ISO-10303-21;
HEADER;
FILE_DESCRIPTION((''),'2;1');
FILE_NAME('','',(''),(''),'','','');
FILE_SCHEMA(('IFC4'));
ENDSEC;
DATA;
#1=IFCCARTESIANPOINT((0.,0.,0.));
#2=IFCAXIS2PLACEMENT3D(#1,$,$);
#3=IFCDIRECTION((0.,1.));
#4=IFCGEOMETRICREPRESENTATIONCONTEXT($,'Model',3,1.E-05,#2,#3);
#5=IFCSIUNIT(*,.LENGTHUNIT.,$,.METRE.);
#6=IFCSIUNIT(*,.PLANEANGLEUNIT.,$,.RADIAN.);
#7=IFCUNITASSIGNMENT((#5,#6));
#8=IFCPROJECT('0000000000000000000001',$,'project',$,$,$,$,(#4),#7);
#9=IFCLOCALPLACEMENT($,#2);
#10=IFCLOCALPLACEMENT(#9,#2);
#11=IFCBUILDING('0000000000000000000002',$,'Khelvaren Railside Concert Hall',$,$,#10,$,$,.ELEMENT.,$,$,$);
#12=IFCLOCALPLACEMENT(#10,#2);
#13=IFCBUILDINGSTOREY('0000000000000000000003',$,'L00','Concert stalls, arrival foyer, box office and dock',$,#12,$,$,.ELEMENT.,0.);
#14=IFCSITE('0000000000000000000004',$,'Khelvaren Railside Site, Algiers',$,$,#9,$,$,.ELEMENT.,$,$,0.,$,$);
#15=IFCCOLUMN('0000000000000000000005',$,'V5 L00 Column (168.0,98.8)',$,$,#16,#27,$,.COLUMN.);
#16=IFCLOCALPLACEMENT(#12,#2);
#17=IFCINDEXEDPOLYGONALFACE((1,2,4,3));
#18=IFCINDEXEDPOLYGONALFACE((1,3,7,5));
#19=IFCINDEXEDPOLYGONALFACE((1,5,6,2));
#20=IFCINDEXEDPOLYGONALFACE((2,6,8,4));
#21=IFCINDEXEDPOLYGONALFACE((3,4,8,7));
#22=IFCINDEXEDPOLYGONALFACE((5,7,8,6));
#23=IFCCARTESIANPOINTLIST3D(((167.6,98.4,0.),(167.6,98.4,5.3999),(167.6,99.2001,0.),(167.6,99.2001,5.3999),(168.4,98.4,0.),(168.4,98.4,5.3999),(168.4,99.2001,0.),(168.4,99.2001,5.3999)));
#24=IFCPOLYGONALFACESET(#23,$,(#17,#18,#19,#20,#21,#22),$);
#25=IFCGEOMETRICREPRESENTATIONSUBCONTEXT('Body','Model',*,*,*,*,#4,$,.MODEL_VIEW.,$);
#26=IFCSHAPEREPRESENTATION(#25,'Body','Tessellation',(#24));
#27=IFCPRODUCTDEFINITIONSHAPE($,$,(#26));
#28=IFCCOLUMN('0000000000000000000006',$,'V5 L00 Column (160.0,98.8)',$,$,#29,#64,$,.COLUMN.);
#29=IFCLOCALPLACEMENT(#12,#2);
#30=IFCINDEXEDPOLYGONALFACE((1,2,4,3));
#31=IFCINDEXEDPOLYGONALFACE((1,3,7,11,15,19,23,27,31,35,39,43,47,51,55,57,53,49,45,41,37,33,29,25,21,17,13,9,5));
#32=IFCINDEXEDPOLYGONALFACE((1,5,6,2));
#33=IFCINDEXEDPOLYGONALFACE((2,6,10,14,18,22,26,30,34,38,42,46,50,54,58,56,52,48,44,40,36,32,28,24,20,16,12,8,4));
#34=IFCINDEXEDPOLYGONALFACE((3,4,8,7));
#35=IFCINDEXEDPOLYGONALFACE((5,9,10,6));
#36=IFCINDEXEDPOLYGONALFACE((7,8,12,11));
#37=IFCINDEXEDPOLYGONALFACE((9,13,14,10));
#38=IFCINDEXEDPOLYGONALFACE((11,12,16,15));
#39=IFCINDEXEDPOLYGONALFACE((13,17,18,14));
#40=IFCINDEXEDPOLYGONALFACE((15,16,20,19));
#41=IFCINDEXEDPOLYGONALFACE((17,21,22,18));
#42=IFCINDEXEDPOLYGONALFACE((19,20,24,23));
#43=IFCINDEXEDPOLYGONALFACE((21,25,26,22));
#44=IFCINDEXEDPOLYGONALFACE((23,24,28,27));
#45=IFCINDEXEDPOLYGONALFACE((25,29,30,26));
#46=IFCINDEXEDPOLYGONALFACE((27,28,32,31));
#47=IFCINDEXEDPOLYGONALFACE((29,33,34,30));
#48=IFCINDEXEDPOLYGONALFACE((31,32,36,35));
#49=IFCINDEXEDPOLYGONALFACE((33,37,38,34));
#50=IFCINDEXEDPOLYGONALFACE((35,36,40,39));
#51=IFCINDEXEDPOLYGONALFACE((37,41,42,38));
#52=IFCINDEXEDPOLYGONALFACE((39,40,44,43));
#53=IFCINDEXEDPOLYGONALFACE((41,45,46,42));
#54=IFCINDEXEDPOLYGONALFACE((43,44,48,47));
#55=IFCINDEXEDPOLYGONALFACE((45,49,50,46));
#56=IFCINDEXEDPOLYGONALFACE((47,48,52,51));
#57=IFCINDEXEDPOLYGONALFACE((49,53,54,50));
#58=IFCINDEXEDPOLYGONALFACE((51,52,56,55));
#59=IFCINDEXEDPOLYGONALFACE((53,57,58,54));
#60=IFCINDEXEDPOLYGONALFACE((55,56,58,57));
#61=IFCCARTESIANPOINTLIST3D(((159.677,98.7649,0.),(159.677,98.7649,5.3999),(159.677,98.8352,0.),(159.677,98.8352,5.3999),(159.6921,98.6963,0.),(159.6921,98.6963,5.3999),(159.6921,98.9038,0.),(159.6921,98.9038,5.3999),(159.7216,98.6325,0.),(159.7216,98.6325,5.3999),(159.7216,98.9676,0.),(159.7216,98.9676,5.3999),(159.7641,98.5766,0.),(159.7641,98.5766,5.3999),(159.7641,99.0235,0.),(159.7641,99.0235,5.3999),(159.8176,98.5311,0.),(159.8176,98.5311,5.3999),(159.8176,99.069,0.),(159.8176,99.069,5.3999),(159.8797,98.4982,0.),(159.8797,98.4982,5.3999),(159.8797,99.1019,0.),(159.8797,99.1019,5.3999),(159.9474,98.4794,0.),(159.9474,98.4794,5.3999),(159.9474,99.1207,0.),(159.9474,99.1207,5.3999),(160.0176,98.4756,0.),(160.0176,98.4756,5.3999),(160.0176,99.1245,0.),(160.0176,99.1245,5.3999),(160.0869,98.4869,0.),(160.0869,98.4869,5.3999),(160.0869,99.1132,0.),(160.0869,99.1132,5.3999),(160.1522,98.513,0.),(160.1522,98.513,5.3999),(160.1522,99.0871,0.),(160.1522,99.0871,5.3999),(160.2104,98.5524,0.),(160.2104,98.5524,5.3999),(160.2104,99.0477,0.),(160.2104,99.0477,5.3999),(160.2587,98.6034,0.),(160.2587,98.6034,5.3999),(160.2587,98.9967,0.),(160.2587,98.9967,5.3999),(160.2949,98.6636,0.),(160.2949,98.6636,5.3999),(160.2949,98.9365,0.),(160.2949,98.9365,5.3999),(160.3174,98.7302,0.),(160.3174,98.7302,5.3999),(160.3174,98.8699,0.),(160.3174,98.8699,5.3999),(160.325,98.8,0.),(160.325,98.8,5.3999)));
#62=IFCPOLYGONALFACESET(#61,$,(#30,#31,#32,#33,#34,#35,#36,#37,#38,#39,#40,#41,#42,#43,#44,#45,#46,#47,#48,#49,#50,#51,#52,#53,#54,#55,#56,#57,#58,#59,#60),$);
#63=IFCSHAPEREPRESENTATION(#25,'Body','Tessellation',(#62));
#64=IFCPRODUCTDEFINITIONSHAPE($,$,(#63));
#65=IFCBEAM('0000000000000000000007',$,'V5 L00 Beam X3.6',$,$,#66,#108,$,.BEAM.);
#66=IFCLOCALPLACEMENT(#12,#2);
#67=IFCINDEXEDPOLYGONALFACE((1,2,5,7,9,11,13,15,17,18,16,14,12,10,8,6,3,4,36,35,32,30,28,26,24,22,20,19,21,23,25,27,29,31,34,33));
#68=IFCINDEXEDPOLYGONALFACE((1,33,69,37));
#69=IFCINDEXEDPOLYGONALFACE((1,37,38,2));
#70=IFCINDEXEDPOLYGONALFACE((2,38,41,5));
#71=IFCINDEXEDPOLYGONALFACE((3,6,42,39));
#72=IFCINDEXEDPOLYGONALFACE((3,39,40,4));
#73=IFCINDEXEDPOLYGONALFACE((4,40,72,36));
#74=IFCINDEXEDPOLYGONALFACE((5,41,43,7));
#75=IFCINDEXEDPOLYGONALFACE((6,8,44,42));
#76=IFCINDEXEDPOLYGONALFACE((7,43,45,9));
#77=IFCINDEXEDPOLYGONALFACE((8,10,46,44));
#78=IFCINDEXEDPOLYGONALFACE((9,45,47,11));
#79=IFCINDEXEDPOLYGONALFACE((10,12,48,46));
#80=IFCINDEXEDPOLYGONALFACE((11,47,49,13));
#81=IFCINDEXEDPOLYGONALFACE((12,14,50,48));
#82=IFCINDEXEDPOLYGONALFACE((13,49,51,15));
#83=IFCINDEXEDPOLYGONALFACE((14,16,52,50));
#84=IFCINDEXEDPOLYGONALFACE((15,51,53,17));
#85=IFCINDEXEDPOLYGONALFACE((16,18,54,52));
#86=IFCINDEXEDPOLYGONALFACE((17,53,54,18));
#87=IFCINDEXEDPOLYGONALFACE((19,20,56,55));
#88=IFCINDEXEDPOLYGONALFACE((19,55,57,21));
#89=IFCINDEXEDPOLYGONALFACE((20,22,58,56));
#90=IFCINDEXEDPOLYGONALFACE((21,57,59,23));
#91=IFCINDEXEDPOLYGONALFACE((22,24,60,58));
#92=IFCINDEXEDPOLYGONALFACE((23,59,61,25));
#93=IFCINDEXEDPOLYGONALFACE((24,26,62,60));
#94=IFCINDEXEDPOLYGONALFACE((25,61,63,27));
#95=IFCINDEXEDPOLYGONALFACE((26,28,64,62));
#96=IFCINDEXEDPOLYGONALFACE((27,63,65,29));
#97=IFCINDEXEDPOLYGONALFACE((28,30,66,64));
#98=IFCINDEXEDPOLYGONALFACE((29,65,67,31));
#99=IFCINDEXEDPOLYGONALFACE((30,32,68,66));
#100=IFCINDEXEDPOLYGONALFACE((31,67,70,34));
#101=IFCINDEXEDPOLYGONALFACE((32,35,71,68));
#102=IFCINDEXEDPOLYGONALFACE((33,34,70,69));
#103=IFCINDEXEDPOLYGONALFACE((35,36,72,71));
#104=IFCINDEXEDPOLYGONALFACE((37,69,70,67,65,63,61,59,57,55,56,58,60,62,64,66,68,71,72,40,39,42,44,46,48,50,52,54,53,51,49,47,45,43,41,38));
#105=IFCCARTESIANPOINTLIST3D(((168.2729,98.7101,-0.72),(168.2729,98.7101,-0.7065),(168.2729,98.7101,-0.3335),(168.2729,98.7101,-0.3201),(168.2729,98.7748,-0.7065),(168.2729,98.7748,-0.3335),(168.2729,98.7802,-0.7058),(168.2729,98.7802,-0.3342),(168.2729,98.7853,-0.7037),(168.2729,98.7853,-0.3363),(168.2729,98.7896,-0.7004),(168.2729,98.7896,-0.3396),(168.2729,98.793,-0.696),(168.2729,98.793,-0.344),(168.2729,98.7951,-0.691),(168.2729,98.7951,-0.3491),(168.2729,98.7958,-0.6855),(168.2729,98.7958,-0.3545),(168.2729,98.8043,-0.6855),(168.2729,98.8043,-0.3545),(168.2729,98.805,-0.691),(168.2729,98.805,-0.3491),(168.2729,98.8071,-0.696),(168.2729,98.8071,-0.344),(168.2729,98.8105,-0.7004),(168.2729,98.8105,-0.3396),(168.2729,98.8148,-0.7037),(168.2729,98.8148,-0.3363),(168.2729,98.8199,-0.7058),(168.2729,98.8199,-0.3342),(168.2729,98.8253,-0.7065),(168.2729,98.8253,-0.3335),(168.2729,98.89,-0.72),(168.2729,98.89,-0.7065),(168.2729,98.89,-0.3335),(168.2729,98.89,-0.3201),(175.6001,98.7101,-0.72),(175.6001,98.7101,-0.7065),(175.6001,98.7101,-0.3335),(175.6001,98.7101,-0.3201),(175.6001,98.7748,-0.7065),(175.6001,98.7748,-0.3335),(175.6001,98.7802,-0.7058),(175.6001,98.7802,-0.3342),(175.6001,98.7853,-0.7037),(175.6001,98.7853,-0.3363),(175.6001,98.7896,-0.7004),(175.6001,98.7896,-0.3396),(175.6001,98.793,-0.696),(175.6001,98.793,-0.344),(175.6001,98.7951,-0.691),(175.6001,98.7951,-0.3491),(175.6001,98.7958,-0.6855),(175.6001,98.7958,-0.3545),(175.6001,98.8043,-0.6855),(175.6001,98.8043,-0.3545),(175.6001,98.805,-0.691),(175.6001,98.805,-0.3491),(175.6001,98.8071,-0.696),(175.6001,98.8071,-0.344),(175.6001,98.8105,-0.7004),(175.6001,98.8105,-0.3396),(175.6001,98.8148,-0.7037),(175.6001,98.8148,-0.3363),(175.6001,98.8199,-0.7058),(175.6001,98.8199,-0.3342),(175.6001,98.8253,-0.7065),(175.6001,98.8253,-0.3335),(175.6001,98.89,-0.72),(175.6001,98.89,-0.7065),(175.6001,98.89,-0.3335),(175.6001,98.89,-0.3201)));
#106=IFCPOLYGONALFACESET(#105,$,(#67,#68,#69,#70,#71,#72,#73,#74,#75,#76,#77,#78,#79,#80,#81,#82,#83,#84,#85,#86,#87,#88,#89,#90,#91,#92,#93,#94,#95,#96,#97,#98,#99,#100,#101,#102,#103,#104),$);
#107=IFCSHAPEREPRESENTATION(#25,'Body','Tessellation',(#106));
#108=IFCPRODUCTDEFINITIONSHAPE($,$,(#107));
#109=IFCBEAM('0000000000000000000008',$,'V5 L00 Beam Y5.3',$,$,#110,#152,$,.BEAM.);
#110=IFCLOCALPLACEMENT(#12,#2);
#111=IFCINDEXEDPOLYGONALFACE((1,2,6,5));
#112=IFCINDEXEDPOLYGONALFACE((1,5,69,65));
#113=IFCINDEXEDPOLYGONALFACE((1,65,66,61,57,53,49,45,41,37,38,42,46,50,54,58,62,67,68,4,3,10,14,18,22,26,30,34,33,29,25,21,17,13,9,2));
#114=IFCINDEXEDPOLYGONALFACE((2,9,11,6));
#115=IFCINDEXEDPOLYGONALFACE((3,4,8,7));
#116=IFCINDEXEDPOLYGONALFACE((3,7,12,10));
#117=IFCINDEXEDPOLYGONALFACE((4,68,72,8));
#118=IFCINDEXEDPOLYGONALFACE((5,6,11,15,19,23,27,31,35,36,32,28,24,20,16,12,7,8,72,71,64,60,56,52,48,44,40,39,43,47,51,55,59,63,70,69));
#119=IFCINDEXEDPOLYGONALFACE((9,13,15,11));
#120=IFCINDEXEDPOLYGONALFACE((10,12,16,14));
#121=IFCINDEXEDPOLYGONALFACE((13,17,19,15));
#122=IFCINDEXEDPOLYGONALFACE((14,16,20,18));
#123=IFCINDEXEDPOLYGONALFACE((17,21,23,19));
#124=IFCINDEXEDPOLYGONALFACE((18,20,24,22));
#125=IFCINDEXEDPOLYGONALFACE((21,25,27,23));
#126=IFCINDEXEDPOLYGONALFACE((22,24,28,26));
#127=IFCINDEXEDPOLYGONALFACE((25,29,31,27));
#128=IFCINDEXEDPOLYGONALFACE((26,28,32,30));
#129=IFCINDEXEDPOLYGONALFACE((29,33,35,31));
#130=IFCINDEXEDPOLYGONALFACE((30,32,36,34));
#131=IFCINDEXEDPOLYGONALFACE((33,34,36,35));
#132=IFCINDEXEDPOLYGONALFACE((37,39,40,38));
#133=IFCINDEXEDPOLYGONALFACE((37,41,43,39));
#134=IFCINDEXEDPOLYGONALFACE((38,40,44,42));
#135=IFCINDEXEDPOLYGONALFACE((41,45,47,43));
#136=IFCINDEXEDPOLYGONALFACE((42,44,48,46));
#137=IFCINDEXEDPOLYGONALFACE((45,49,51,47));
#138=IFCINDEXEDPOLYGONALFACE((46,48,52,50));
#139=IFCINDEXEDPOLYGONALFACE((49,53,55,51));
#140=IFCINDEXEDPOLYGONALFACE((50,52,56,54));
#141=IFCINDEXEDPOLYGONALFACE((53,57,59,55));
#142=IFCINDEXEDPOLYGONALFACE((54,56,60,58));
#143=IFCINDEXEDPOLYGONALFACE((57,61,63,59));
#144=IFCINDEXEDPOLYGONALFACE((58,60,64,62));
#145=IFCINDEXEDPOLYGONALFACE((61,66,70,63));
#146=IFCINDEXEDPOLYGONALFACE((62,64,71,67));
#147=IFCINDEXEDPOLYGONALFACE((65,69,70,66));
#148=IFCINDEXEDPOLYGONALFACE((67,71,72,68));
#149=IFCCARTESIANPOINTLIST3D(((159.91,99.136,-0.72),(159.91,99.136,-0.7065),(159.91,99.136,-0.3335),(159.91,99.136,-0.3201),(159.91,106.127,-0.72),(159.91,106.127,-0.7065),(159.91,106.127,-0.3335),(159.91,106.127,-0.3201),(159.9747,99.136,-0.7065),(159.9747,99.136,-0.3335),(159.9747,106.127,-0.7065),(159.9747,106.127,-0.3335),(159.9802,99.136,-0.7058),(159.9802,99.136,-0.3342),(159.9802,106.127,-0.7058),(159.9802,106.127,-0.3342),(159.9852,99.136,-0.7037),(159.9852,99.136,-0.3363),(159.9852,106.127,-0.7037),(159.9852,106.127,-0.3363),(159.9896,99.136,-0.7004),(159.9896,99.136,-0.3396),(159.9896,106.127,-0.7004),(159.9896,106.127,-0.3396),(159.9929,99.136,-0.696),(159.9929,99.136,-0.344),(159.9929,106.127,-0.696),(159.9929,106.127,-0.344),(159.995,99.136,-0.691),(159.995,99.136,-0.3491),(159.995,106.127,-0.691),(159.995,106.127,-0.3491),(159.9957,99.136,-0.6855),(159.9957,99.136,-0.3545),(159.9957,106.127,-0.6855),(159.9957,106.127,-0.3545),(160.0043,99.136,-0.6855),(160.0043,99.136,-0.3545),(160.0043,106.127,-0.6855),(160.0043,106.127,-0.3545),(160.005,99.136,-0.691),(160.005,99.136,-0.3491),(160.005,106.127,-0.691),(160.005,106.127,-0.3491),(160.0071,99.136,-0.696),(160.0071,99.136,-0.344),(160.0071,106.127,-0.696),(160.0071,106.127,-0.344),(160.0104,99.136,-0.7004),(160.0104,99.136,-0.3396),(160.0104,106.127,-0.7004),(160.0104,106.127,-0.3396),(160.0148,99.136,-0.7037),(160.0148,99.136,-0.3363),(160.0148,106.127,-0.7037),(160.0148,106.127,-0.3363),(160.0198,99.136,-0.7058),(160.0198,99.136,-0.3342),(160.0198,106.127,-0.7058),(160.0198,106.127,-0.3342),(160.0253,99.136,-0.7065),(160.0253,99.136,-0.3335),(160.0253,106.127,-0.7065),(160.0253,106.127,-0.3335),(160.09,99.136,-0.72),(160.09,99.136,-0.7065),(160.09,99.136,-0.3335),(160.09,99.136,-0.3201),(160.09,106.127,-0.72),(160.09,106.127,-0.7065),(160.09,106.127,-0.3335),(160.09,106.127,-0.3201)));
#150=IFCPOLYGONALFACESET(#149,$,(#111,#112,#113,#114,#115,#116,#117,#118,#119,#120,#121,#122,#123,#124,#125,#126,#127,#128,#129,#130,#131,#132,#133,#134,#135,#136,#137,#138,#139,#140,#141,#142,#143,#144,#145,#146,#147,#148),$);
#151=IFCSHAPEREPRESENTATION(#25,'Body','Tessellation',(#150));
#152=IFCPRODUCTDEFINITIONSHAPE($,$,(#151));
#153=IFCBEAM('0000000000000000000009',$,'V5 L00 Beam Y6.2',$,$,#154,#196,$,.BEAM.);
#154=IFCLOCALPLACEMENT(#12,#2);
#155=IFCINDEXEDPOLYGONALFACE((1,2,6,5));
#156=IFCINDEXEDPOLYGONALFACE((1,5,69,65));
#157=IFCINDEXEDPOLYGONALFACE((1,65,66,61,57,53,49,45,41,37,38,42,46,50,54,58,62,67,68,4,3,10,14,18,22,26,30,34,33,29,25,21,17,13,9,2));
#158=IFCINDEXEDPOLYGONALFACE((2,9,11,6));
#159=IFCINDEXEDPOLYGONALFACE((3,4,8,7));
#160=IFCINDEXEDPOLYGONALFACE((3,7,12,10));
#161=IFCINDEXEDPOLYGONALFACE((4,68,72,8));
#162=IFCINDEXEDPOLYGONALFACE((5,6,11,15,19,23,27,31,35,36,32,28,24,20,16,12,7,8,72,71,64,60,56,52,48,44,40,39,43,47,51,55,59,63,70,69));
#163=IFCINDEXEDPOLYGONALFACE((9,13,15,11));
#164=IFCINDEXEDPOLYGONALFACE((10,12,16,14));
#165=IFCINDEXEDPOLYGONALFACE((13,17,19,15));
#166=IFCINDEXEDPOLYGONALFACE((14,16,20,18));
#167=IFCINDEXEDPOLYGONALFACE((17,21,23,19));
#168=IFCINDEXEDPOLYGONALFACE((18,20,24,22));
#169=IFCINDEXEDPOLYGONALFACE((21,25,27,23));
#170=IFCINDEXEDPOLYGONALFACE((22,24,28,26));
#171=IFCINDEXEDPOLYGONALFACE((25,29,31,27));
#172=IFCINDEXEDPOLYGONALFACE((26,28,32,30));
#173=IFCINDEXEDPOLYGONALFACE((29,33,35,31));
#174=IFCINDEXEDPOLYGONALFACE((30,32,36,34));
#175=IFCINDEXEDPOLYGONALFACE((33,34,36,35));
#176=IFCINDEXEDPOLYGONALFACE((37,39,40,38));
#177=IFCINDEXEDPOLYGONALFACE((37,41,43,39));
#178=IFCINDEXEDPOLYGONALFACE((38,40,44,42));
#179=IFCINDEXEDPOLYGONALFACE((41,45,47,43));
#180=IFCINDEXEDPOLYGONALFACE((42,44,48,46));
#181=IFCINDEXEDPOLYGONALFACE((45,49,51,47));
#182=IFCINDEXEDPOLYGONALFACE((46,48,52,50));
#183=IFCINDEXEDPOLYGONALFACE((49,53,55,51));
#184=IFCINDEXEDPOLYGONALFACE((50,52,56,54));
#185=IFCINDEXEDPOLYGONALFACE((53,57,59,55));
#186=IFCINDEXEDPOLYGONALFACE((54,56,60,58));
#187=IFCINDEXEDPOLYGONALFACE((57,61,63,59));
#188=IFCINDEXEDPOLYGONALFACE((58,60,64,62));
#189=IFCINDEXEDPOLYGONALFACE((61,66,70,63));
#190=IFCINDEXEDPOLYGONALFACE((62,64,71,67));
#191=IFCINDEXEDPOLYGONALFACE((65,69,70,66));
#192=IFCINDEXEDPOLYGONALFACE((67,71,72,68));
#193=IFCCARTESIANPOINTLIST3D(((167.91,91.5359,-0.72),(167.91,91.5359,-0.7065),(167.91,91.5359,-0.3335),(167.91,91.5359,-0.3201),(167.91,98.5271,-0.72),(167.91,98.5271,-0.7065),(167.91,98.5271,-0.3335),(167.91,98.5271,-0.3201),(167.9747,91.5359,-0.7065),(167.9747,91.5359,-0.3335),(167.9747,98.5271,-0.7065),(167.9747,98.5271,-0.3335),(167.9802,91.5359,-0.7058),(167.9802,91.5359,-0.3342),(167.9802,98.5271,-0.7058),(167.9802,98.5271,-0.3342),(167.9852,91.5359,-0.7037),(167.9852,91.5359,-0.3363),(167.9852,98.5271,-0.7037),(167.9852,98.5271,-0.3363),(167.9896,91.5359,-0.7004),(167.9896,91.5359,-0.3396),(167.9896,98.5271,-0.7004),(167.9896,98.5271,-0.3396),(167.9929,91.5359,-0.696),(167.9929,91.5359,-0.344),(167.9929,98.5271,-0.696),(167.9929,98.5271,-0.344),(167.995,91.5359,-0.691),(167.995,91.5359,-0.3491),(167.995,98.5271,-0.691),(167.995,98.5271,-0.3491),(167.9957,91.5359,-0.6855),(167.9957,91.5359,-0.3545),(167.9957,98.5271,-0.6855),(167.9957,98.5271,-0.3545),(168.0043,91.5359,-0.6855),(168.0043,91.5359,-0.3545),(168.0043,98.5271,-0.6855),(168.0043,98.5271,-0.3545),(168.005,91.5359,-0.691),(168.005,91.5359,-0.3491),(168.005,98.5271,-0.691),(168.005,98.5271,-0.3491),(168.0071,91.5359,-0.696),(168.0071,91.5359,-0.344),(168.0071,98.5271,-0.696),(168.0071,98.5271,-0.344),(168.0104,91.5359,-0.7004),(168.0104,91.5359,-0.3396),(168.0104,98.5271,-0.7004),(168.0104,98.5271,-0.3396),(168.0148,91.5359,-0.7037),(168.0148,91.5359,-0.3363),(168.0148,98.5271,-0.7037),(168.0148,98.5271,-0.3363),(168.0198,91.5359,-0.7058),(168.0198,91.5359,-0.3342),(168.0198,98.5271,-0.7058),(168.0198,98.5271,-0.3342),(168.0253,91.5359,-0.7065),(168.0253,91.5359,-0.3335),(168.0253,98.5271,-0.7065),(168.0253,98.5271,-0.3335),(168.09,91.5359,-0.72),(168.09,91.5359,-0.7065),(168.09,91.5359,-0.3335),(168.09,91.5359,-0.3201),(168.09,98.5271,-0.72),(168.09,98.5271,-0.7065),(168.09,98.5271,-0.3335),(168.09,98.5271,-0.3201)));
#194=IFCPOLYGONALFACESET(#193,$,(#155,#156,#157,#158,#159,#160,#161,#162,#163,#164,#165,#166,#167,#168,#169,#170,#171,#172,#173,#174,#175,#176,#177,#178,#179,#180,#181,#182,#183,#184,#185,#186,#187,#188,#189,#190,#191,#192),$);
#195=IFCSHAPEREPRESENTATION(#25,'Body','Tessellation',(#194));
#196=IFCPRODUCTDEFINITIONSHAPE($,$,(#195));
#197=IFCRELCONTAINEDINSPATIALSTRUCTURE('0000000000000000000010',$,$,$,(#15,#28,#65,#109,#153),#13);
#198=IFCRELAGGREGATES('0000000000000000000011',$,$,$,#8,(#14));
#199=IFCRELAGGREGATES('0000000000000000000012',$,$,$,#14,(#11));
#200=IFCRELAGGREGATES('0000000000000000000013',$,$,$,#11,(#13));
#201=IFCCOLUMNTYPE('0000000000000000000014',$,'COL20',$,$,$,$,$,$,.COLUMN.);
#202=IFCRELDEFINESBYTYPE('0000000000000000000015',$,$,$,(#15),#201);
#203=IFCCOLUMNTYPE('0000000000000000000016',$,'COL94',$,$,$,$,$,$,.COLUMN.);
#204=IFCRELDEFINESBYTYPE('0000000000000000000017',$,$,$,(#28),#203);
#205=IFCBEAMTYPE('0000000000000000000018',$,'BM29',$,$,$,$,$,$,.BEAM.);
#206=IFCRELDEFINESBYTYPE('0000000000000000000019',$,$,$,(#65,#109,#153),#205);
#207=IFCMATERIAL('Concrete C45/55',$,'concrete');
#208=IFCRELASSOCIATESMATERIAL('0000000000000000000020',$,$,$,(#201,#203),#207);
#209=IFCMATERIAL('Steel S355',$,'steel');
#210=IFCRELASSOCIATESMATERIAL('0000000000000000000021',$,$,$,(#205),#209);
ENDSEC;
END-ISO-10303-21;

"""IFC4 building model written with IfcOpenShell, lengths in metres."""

from ifc_helpers import new_model, si_unit, direction, frame, origin, origin_2d, place, context, subcontext, project, spatial, rectangle, circle, i_section, extrude, material, material_profile, profile_set, type_object, element, save


model = new_model("IFC4")

# Units and contexts
model_context = context("Model", 3, precision=1e-05, world=origin(), true_north=direction((0.0, 1.0)))
body_context = subcontext(model_context, "Body", "Model", "MODEL_VIEW")
ifc_project = project(units=[si_unit("LENGTHUNIT", "METRE"), si_unit("PLANEANGLEUNIT", "RADIAN")], contexts=[model_context])

# Site, building, storey
site_placement = place(None, origin())
site = spatial("IfcSite", under=ifc_project, at=site_placement, Name="Khelvaren Railside Site, Algiers", CompositionType="ELEMENT", RefElevation=0.0)
building_placement = place(site_placement, origin())
building = spatial("IfcBuilding", under=site, at=building_placement, Name="Khelvaren Railside Concert Hall", CompositionType="ELEMENT")
storey_placement = place(building_placement, origin())
storey = spatial("IfcBuildingStorey", under=building, at=storey_placement, Name="L00", Description="Concert stalls, arrival foyer, box office and dock", CompositionType="ELEMENT", Elevation=0.0)

# Columns
ifc_material_1 = material(Name="Concrete C45/55", Category="concrete")
ifc_material_profile_1 = material_profile(ifc_material_1, rectangle(XDim=0.8, YDim=0.8, at=origin_2d()), Name="RC 800x800")
ifc_profile_set_1 = profile_set([ifc_material_profile_1], Name="Concrete C45/55")
column_type_1 = type_object("IfcColumnType", Name="COL20", PredefinedType="COLUMN", material=ifc_profile_set_1)
column_1_placement = place(storey_placement, frame((168.0, 98.8, 0.0), z_axis=(0.0, 0.0, 1.0), x_axis=(1.0, 0.0, 0.0)))
element("IfcColumn", 1, at=column_1_placement, inside=storey, type_object=column_type_1, Name="V5 L00 Column (168.0,98.8)", PredefinedType="COLUMN", context=body_context, shape_type="SweptSolid", body=[
    extrude(rectangle(XDim=0.8, YDim=0.8, at=origin_2d()), origin(), (0.0, 0.0, 1.0), 5.3999),
])
ifc_material_profile_2 = material_profile(ifc_material_1, circle(Radius=0.325, at=origin_2d()), Name="RC D650")
ifc_profile_set_2 = profile_set([ifc_material_profile_2], Name="Concrete C45/55")
column_type_2 = type_object("IfcColumnType", Name="COL94", PredefinedType="COLUMN", material=ifc_profile_set_2)
column_2_placement = place(storey_placement, frame((160.0, 98.8, 0.0), z_axis=(0.0, 0.0, 1.0), x_axis=(1.0, 0.0, 0.0)))
element("IfcColumn", 2, at=column_2_placement, inside=storey, type_object=column_type_2, Name="V5 L00 Column (160.0,98.8)", PredefinedType="COLUMN", context=body_context, shape_type="SweptSolid", body=[
    extrude(circle(Radius=0.325, at=origin_2d()), origin(), (0.0, 0.0, 1.0), 5.3999),
])

# Beams
ifc_material_2 = material(Name="Steel S355", Category="steel")
ifc_material_profile_3 = material_profile(ifc_material_2, i_section(OverallWidth=0.1799, OverallDepth=0.3999, WebThickness=0.0085, FlangeThickness=0.0134, FilletRadius=0.021, at=origin_2d()), Name="IPE 400")
ifc_profile_set_3 = profile_set([ifc_material_profile_3], Name="Steel S355")
beam_type_1 = type_object("IfcBeamType", Name="BM29", PredefinedType="BEAM", material=ifc_profile_set_3)
beam_1_placement = place(storey_placement, frame((168.2729, 98.8, -0.52), z_axis=(1.0, 0.0, 0.0), x_axis=(0.0, 1.0, 0.0)))
element("IfcBeam", 3, at=beam_1_placement, inside=storey, type_object=beam_type_1, Name="V5 L00 Beam X3.6", PredefinedType="BEAM", context=body_context, shape_type="SweptSolid", body=[
    extrude(i_section(OverallWidth=0.1799, OverallDepth=0.3999, WebThickness=0.0085, FlangeThickness=0.0134, FilletRadius=0.021, at=origin_2d()), origin(), (0.0, 0.0, 1.0), 7.3271),
])
beam_2_placement = place(storey_placement, frame((160.0, 99.136, -0.52), z_axis=(0.0, 1.0, 0.0), x_axis=(-1.0, 0.0, 0.0)))
element("IfcBeam", 4, at=beam_2_placement, inside=storey, type_object=beam_type_1, Name="V5 L00 Beam Y5.3", PredefinedType="BEAM", context=body_context, shape_type="SweptSolid", body=[
    extrude(i_section(OverallWidth=0.1799, OverallDepth=0.3999, WebThickness=0.0085, FlangeThickness=0.0134, FilletRadius=0.021, at=origin_2d()), origin(), (0.0, 0.0, 1.0), 6.991),
])
beam_3_placement = place(storey_placement, frame((168.0, 91.5359, -0.52), z_axis=(0.0, 1.0, 0.0), x_axis=(-1.0, 0.0, 0.0)))
element("IfcBeam", 5, at=beam_3_placement, inside=storey, type_object=beam_type_1, Name="V5 L00 Beam Y6.2", PredefinedType="BEAM", context=body_context, shape_type="SweptSolid", body=[
    extrude(i_section(OverallWidth=0.1799, OverallDepth=0.3999, WebThickness=0.0085, FlangeThickness=0.0134, FilletRadius=0.021, at=origin_2d()), origin(), (0.0, 0.0, 1.0), 6.9912),
])

save(model, "model.ifc")
